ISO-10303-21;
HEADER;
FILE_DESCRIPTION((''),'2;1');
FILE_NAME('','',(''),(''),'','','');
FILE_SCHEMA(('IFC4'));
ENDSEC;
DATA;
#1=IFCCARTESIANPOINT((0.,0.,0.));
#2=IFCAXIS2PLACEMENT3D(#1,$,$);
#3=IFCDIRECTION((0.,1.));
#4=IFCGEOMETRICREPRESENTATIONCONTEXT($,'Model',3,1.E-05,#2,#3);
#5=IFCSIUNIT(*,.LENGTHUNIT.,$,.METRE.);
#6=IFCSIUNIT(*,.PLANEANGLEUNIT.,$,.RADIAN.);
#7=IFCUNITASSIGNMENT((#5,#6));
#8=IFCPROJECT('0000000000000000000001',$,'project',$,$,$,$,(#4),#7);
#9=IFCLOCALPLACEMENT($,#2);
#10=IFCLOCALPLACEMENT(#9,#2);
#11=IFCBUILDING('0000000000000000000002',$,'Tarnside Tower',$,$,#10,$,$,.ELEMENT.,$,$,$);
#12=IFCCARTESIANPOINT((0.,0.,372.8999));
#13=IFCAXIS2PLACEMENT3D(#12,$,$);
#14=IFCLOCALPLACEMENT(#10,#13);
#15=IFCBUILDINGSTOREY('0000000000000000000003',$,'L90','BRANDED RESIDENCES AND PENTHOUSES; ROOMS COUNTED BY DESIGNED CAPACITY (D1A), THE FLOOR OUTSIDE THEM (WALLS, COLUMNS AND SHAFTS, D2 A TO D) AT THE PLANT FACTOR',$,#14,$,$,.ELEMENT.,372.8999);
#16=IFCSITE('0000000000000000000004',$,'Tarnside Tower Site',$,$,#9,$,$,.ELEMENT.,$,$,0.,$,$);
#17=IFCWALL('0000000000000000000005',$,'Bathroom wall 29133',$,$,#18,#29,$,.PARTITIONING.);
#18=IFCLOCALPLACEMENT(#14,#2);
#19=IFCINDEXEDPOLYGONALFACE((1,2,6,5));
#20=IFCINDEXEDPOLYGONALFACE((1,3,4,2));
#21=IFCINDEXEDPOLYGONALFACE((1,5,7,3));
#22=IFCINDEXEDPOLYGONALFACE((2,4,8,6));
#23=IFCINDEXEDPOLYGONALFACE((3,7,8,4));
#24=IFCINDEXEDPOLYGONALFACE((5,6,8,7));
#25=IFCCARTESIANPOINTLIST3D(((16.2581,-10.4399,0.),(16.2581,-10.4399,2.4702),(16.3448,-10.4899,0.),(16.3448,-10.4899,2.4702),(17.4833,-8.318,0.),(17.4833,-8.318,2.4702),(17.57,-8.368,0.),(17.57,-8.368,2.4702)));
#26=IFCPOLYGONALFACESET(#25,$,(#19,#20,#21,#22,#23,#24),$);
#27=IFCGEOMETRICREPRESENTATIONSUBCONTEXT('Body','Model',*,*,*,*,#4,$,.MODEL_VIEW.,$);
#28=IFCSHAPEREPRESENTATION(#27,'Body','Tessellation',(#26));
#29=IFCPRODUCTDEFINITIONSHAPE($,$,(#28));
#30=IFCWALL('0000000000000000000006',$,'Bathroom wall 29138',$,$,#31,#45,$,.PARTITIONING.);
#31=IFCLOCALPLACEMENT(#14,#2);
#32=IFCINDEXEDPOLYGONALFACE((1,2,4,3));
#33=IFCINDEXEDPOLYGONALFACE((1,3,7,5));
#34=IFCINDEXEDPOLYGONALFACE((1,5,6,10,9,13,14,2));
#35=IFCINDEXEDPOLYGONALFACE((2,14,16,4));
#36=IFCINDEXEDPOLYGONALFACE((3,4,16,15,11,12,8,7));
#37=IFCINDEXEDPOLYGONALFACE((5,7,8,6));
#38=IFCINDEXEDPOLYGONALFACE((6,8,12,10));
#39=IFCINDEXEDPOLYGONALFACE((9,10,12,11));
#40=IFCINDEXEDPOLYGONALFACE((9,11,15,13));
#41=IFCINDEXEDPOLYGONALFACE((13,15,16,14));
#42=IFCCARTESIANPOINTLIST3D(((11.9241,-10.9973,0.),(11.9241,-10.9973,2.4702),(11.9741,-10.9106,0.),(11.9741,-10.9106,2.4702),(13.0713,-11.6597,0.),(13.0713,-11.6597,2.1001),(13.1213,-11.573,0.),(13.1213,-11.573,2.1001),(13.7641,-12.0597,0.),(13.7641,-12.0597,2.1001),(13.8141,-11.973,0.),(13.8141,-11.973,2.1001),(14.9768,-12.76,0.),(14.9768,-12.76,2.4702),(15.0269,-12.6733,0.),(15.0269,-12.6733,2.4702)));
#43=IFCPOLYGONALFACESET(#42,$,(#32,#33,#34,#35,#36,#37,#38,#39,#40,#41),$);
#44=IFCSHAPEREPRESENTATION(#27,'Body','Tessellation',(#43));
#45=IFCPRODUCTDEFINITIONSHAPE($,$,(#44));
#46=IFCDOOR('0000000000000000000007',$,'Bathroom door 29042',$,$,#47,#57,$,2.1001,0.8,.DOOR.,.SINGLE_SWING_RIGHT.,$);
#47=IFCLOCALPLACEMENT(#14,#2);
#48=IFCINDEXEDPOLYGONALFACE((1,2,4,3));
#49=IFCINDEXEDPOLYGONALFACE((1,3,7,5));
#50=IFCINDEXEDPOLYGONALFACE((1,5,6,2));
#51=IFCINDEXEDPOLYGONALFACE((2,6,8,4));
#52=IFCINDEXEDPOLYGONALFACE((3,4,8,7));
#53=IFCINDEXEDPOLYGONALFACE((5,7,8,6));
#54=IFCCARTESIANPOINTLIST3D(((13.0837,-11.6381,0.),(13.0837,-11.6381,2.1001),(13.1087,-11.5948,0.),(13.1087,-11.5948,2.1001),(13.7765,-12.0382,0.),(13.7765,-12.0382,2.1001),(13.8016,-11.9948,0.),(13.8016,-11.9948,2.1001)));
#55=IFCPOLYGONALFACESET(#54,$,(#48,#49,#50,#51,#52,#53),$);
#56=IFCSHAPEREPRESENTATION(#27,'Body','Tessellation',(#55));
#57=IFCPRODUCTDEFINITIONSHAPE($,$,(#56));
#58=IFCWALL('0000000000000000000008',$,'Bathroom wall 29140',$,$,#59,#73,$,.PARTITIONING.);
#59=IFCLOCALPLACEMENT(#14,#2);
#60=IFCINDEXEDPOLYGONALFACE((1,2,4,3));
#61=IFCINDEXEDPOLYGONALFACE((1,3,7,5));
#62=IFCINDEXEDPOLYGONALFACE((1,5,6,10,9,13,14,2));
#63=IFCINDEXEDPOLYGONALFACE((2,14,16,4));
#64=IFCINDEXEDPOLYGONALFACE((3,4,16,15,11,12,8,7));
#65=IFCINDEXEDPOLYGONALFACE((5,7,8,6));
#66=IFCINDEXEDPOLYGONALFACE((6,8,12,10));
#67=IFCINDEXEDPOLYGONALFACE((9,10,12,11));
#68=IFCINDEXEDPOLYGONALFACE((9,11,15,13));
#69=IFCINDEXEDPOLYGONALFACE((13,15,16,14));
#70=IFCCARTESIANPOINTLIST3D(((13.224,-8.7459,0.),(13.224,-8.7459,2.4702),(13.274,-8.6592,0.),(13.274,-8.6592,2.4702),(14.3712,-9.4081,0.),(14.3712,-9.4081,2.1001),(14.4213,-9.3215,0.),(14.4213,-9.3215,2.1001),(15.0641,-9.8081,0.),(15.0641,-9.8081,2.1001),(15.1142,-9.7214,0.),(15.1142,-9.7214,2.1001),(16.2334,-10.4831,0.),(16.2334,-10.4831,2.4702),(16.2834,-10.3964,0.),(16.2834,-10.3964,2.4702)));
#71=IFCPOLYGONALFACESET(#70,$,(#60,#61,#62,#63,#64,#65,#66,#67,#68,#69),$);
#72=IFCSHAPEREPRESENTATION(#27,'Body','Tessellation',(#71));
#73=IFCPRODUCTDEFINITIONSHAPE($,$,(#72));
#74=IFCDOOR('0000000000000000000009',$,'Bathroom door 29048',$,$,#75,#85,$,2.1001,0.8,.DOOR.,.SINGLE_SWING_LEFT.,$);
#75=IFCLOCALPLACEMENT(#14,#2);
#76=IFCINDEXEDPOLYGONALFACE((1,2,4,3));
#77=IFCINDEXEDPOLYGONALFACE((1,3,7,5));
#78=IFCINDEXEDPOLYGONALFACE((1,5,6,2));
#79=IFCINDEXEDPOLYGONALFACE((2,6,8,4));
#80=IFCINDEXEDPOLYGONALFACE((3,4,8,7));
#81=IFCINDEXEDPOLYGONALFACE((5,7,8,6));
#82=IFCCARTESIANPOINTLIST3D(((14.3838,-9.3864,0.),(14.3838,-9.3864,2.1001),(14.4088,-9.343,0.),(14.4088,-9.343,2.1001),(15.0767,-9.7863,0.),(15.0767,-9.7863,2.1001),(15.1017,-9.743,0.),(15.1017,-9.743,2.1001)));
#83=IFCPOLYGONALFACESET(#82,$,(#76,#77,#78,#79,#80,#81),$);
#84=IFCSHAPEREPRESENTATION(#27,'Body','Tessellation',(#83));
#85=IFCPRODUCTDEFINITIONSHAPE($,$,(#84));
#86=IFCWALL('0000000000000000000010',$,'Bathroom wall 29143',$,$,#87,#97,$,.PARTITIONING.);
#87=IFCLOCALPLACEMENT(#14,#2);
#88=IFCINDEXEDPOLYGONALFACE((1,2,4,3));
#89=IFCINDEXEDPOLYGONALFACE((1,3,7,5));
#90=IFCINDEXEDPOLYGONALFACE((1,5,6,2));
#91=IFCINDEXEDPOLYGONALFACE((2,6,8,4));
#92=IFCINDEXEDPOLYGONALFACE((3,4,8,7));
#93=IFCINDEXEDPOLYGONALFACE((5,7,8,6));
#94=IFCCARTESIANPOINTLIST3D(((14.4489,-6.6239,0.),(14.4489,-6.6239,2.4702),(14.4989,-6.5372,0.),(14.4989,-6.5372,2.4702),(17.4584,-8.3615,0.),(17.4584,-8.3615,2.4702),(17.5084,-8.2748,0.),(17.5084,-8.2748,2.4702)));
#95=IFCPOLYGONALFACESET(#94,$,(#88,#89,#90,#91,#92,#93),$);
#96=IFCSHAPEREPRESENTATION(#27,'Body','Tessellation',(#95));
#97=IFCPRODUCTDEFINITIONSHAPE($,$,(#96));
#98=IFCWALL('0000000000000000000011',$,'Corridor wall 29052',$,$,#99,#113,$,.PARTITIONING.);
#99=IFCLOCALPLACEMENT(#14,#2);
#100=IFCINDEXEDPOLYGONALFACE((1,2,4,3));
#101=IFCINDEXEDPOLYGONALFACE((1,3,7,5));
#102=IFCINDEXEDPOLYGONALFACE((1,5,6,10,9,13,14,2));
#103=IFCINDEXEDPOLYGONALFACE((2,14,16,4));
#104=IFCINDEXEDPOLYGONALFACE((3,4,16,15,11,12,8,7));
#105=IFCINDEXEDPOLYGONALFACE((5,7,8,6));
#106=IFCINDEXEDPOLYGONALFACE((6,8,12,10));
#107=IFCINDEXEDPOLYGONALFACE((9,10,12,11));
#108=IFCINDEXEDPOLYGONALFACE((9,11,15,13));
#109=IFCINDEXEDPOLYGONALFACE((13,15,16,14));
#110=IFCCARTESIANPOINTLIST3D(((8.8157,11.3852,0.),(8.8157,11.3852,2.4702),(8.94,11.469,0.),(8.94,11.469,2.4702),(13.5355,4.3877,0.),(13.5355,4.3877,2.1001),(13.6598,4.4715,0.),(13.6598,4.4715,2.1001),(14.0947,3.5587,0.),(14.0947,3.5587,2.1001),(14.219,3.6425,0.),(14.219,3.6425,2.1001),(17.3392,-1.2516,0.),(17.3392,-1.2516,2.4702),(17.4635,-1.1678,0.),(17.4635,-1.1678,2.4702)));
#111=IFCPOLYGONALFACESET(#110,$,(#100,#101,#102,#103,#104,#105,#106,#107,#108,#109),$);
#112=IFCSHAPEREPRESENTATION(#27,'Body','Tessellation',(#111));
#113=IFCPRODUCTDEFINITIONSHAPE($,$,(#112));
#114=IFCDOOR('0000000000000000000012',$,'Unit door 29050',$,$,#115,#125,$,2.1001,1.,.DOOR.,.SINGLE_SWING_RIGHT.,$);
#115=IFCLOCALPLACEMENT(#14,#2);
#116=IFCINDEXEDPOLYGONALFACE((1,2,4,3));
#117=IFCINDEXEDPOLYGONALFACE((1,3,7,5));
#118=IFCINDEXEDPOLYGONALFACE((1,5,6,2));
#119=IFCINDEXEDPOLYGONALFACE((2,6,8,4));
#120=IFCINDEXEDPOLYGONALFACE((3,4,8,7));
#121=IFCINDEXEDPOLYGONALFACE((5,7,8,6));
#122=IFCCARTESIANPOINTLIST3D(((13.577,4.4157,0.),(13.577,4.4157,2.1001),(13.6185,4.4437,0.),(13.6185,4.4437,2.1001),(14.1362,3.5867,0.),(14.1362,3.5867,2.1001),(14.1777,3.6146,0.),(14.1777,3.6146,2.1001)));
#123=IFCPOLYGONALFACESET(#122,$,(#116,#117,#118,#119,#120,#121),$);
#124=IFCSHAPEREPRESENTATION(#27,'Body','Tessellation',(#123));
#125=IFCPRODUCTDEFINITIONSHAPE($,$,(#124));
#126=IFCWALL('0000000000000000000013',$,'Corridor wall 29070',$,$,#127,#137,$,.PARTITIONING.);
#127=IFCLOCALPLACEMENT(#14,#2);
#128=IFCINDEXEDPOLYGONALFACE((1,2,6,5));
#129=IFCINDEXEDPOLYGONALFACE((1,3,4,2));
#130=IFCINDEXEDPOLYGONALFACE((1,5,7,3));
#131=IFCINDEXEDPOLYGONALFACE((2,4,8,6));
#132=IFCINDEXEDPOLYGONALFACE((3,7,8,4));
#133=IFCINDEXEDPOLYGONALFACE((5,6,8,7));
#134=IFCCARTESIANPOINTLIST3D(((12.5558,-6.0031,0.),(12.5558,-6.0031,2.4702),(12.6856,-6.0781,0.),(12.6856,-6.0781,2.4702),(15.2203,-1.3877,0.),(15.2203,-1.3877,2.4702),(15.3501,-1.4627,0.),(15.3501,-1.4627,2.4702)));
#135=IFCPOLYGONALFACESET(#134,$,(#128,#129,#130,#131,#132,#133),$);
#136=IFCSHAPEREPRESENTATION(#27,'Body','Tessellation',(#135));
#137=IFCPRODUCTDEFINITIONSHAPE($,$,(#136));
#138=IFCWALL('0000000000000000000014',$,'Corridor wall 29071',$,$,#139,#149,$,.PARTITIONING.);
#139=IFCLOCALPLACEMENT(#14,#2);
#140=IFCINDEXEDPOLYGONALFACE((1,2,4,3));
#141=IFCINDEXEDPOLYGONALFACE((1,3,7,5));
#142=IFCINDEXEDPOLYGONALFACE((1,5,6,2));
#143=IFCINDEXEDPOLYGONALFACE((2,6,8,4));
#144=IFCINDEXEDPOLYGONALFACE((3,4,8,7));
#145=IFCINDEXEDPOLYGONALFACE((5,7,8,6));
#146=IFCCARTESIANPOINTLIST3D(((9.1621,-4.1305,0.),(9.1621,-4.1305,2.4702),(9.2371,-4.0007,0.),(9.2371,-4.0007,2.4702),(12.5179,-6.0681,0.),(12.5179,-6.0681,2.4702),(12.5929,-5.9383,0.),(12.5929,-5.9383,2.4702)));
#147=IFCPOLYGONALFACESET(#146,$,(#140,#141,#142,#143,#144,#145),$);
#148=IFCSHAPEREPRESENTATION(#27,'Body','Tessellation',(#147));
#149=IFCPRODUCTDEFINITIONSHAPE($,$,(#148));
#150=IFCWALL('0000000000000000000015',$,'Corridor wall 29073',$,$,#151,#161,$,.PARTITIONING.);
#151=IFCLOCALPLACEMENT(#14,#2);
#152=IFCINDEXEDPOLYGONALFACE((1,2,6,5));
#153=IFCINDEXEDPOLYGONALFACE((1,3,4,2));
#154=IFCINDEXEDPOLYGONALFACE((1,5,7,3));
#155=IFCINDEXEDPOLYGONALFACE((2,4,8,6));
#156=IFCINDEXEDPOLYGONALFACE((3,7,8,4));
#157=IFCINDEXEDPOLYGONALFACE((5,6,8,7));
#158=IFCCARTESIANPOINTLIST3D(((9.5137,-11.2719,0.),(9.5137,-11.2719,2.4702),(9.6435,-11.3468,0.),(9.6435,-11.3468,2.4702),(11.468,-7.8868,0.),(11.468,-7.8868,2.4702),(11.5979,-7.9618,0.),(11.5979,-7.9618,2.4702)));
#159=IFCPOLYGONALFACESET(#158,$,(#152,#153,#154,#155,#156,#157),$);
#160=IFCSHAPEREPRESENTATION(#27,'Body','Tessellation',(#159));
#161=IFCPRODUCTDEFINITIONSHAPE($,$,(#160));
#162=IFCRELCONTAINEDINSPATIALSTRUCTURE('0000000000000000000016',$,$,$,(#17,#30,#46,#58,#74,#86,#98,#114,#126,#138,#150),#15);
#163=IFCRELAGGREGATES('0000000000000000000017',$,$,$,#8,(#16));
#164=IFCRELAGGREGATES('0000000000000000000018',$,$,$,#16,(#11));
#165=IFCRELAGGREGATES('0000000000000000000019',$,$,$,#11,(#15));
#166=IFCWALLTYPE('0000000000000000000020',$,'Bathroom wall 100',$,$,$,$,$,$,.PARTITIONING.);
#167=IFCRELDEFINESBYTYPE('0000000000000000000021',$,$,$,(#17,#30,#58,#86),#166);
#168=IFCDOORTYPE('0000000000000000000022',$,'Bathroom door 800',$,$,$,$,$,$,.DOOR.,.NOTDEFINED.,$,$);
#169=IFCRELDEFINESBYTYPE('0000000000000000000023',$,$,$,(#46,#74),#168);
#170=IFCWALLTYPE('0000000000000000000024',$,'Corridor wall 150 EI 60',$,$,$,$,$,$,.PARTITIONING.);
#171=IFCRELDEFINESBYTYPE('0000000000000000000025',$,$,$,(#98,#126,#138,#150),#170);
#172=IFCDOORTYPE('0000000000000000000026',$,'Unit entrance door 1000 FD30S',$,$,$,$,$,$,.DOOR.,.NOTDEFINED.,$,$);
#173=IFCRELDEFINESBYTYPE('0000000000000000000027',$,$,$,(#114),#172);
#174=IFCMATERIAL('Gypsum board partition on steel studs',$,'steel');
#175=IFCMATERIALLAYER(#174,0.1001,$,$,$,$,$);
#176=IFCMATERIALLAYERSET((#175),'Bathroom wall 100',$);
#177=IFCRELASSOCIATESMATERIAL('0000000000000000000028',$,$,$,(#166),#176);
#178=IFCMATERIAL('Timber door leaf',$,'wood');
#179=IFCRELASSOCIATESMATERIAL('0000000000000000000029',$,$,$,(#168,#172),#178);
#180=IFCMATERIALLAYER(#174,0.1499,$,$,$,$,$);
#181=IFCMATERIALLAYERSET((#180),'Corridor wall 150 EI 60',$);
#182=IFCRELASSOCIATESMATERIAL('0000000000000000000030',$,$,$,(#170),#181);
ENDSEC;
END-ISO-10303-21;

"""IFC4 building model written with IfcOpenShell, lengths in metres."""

from ifc_helpers import new_model, si_unit, direction, frame, frame_2d, origin, place, context, subcontext, project, spatial, rectangle, extrude, material, layer, layer_set, type_object, element, fill, save


model = new_model("IFC4")

# Units and contexts
model_context = context("Model", 3, precision=1e-05, world=origin(), true_north=direction((0.0, 1.0)))
body_context = subcontext(model_context, "Body", "Model", "MODEL_VIEW")
ifc_project = project(units=[si_unit("LENGTHUNIT", "METRE"), si_unit("PLANEANGLEUNIT", "RADIAN")], contexts=[model_context])

# Site, building, storey
site_placement = place(None, origin())
site = spatial("IfcSite", under=ifc_project, at=site_placement, Name="Tarnside Tower Site", CompositionType="ELEMENT", RefElevation=0.0)
building_placement = place(site_placement, origin())
building = spatial("IfcBuilding", under=site, at=building_placement, Name="Tarnside Tower", CompositionType="ELEMENT")
storey_placement = place(building_placement, frame((0.0, 0.0, 372.8999)))
storey = spatial("IfcBuildingStorey", under=building, at=storey_placement, Name="L90", Description="BRANDED RESIDENCES AND PENTHOUSES; ROOMS COUNTED BY DESIGNED CAPACITY (D1A), THE FLOOR OUTSIDE THEM (WALLS, COLUMNS AND SHAFTS, D2 A TO D) AT THE PLANT FACTOR", CompositionType="ELEMENT", Elevation=372.8999)

# Wall
ifc_material_1 = material(Name="Gypsum board partition on steel studs", Category="steel")
ifc_layer_1 = layer(ifc_material_1, 0.1001)
ifc_layer_set_1 = layer_set([ifc_layer_1], Name="Bathroom wall 100")
wall_type_1 = type_object("IfcWallType", Name="Bathroom wall 100", PredefinedType="PARTITIONING", material=ifc_layer_set_1)
wall_1_placement = place(storey_placement, frame((17.5266, -8.343, 0.0), z_axis=(0.0, 0.0, 1.0), x_axis=(-0.500019, -0.866015, 0.0)))
element("IfcWall", 1, at=wall_1_placement, inside=storey, type_object=wall_type_1, Name="Bathroom wall 29133", PredefinedType="PARTITIONING", context=body_context, shape_type="SweptSolid", body=[
    extrude(rectangle(XDim=2.4502, YDim=0.1001, at=frame_2d((1.2251, 0.0))), origin(), (0.0, 0.0, 1.0), 2.4702),
])

# Walls, openings, doors
wall_2_placement = place(storey_placement, frame((11.949, -10.9539, 0.0), z_axis=(0.0, 0.0, 1.0), x_axis=(0.866001, -0.500042, 0.0)))
wall_2 = element("IfcWall", 2, at=wall_2_placement, inside=storey, type_object=wall_type_1, Name="Bathroom wall 29138", PredefinedType="PARTITIONING", context=body_context, shape_type="SweptSolid", body=[
    extrude(rectangle(XDim=3.5251, YDim=0.1001, at=frame_2d((1.7627, 0.0))), origin(), (0.0, 0.0, 1.0), 2.4702),
])
opening_1_placement = place(wall_2_placement, frame((1.325, 0.0, 0.0)))
opening_1 = element("IfcOpeningElement", 3, at=opening_1_placement, cuts=wall_2, PredefinedType="OPENING", context=body_context, shape_type="SweptSolid", body=[
    extrude(rectangle(XDim=0.8, YDim=2.1001, at=frame_2d((0.3999, 1.05))), frame((0.0, 0.0601, 0.0), z_axis=(0.0, -1.0, 0.0), x_axis=(1.0, 0.0, 0.0)), (0.0, 0.0, 1.0), 0.1201),
])
ifc_material_2 = material(Name="Timber door leaf", Category="wood")
door_type_1 = type_object("IfcDoorType", Name="Bathroom door 800", OperationType="NOTDEFINED", PredefinedType="DOOR", material=ifc_material_2)
door_1_placement = place(opening_1_placement, origin())
door_1 = element("IfcDoor", 4, at=door_1_placement, inside=storey, type_object=door_type_1, Name="Bathroom door 29042", OperationType="SINGLE_SWING_RIGHT", OverallHeight=2.1001, OverallWidth=0.8, PredefinedType="DOOR", context=body_context, shape_type="SweptSolid", body=[
    extrude(rectangle(XDim=0.8, YDim=2.1001, at=frame_2d((0.3999, 1.05))), frame((0.0, 0.0249, 0.0), z_axis=(0.0, -1.0, 0.0), x_axis=(1.0, 0.0, 0.0)), (0.0, 0.0, 1.0), 0.05),
])
fill(opening_1, door_1)
wall_3_placement = place(storey_placement, frame((16.2583, -10.4397, 0.0), z_axis=(0.0, 0.0, 1.0), x_axis=(-0.866056, 0.499947, 0.0)))
wall_3 = element("IfcWall", 5, at=wall_3_placement, inside=storey, type_object=wall_type_1, Name="Bathroom wall 29140", PredefinedType="PARTITIONING", context=body_context, shape_type="SweptSolid", body=[
    extrude(rectangle(XDim=3.4749, YDim=0.1001, at=frame_2d((1.7373, 0.0))), origin(), (0.0, 0.0, 1.0), 2.4702),
])
opening_2_placement = place(wall_3_placement, frame((1.3501, 0.0, 0.0)))
opening_2 = element("IfcOpeningElement", 6, at=opening_2_placement, cuts=wall_3, PredefinedType="OPENING", context=body_context, shape_type="SweptSolid", body=[
    extrude(rectangle(XDim=0.8, YDim=2.1001, at=frame_2d((0.3999, 1.05))), frame((0.0, 0.0601, 0.0), z_axis=(0.0, -1.0, 0.0), x_axis=(1.0, 0.0, 0.0)), (0.0, 0.0, 1.0), 0.1201),
])
door_2_placement = place(opening_2_placement, origin())
door_2 = element("IfcDoor", 7, at=door_2_placement, inside=storey, type_object=door_type_1, Name="Bathroom door 29048", OperationType="SINGLE_SWING_LEFT", OverallHeight=2.1001, OverallWidth=0.8, PredefinedType="DOOR", context=body_context, shape_type="SweptSolid", body=[
    extrude(rectangle(XDim=0.8, YDim=2.1001, at=frame_2d((0.3999, 1.05))), frame((0.0, 0.0249, 0.0), z_axis=(0.0, -1.0, 0.0), x_axis=(1.0, 0.0, 0.0)), (0.0, 0.0, 1.0), 0.05),
])
fill(opening_2, door_2)

# Wall
wall_4_placement = place(storey_placement, frame((17.4834, -8.3181, 0.0), z_axis=(0.0, 0.0, 1.0), x_axis=(-0.866025, 0.5, 0.0)))
element("IfcWall", 8, at=wall_4_placement, inside=storey, type_object=wall_type_1, Name="Bathroom wall 29143", PredefinedType="PARTITIONING", context=body_context, shape_type="SweptSolid", body=[
    extrude(rectangle(XDim=3.4751, YDim=0.1001, at=frame_2d((1.7375, 0.0))), origin(), (0.0, 0.0, 1.0), 2.4702),
])

# Wall, opening, door
ifc_layer_2 = layer(ifc_material_1, 0.1499)
ifc_layer_set_2 = layer_set([ifc_layer_2], Name="Corridor wall 150 EI 60")
wall_type_2 = type_object("IfcWallType", Name="Corridor wall 150 EI 60", PredefinedType="PARTITIONING", material=ifc_layer_set_2)
wall_5_placement = place(storey_placement, frame((17.4014, -1.2097, 0.0), z_axis=(0.0, 0.0, 1.0), x_axis=(-0.559187, 0.829042, 0.0)))
wall_5 = element("IfcWall", 9, at=wall_5_placement, inside=storey, type_object=wall_type_2, Name="Corridor wall 29052", PredefinedType="PARTITIONING", context=body_context, shape_type="SweptSolid", body=[
    extrude(rectangle(XDim=15.2427, YDim=0.1499, at=frame_2d((7.6213, 0.0))), origin(), (0.0, 0.0, 1.0), 2.4702),
])
opening_3_placement = place(wall_5_placement, frame((5.8022, 0.0, 0.0)))
opening_3 = element("IfcOpeningElement", 10, at=opening_3_placement, cuts=wall_5, PredefinedType="OPENING", context=body_context, shape_type="SweptSolid", body=[
    extrude(rectangle(XDim=1.0, YDim=2.1001, at=frame_2d((0.5, 1.05))), frame((0.0, 0.085, 0.0), z_axis=(0.0, -1.0, 0.0), x_axis=(1.0, 0.0, 0.0)), (0.0, 0.0, 1.0), 0.1699),
])
door_type_2 = type_object("IfcDoorType", Name="Unit entrance door 1000 FD30S", OperationType="NOTDEFINED", PredefinedType="DOOR", material=ifc_material_2)
door_3_placement = place(opening_3_placement, origin())
door_3 = element("IfcDoor", 11, at=door_3_placement, inside=storey, type_object=door_type_2, Name="Unit door 29050", OperationType="SINGLE_SWING_RIGHT", OverallHeight=2.1001, OverallWidth=1.0, PredefinedType="DOOR", context=body_context, shape_type="SweptSolid", body=[
    extrude(rectangle(XDim=1.0, YDim=2.1001, at=frame_2d((0.5, 1.05))), frame((0.0, 0.0249, 0.0), z_axis=(0.0, -1.0, 0.0), x_axis=(1.0, 0.0, 0.0)), (0.0, 0.0, 1.0), 0.05),
])
fill(opening_3, door_3)

# Walls
wall_6_placement = place(storey_placement, frame((15.2852, -1.4253, 0.0), z_axis=(0.0, 0.0, 1.0), x_axis=(-0.499972, -0.866041, 0.0)))
element("IfcWall", 12, at=wall_6_placement, inside=storey, type_object=wall_type_2, Name="Corridor wall 29070", PredefinedType="PARTITIONING", context=body_context, shape_type="SweptSolid", body=[
    extrude(rectangle(XDim=5.3293, YDim=0.1499, at=frame_2d((2.6646, 0.0))), origin(), (0.0, 0.0, 1.0), 2.4702),
])
wall_7_placement = place(storey_placement, frame((12.5554, -6.0032, 0.0), z_axis=(0.0, 0.0, 1.0), x_axis=(-0.866017, 0.500015, 0.0)))
element("IfcWall", 13, at=wall_7_placement, inside=storey, type_object=wall_type_2, Name="Corridor wall 29071", PredefinedType="PARTITIONING", context=body_context, shape_type="SweptSolid", body=[
    extrude(rectangle(XDim=3.875, YDim=0.1499, at=frame_2d((1.9375, 0.0))), origin(), (0.0, 0.0, 1.0), 2.4702),
])
wall_8_placement = place(storey_placement, frame((11.533, -7.9243, 0.0), z_axis=(0.0, 0.0, 1.0), x_axis=(-0.500002, -0.866024, 0.0)))
element("IfcWall", 14, at=wall_8_placement, inside=storey, type_object=wall_type_2, Name="Corridor wall 29073", PredefinedType="PARTITIONING", context=body_context, shape_type="SweptSolid", body=[
    extrude(rectangle(XDim=3.9087, YDim=0.1499, at=frame_2d((1.9543, 0.0))), origin(), (0.0, 0.0, 1.0), 2.4702),
])

save(model, "model.ifc")
